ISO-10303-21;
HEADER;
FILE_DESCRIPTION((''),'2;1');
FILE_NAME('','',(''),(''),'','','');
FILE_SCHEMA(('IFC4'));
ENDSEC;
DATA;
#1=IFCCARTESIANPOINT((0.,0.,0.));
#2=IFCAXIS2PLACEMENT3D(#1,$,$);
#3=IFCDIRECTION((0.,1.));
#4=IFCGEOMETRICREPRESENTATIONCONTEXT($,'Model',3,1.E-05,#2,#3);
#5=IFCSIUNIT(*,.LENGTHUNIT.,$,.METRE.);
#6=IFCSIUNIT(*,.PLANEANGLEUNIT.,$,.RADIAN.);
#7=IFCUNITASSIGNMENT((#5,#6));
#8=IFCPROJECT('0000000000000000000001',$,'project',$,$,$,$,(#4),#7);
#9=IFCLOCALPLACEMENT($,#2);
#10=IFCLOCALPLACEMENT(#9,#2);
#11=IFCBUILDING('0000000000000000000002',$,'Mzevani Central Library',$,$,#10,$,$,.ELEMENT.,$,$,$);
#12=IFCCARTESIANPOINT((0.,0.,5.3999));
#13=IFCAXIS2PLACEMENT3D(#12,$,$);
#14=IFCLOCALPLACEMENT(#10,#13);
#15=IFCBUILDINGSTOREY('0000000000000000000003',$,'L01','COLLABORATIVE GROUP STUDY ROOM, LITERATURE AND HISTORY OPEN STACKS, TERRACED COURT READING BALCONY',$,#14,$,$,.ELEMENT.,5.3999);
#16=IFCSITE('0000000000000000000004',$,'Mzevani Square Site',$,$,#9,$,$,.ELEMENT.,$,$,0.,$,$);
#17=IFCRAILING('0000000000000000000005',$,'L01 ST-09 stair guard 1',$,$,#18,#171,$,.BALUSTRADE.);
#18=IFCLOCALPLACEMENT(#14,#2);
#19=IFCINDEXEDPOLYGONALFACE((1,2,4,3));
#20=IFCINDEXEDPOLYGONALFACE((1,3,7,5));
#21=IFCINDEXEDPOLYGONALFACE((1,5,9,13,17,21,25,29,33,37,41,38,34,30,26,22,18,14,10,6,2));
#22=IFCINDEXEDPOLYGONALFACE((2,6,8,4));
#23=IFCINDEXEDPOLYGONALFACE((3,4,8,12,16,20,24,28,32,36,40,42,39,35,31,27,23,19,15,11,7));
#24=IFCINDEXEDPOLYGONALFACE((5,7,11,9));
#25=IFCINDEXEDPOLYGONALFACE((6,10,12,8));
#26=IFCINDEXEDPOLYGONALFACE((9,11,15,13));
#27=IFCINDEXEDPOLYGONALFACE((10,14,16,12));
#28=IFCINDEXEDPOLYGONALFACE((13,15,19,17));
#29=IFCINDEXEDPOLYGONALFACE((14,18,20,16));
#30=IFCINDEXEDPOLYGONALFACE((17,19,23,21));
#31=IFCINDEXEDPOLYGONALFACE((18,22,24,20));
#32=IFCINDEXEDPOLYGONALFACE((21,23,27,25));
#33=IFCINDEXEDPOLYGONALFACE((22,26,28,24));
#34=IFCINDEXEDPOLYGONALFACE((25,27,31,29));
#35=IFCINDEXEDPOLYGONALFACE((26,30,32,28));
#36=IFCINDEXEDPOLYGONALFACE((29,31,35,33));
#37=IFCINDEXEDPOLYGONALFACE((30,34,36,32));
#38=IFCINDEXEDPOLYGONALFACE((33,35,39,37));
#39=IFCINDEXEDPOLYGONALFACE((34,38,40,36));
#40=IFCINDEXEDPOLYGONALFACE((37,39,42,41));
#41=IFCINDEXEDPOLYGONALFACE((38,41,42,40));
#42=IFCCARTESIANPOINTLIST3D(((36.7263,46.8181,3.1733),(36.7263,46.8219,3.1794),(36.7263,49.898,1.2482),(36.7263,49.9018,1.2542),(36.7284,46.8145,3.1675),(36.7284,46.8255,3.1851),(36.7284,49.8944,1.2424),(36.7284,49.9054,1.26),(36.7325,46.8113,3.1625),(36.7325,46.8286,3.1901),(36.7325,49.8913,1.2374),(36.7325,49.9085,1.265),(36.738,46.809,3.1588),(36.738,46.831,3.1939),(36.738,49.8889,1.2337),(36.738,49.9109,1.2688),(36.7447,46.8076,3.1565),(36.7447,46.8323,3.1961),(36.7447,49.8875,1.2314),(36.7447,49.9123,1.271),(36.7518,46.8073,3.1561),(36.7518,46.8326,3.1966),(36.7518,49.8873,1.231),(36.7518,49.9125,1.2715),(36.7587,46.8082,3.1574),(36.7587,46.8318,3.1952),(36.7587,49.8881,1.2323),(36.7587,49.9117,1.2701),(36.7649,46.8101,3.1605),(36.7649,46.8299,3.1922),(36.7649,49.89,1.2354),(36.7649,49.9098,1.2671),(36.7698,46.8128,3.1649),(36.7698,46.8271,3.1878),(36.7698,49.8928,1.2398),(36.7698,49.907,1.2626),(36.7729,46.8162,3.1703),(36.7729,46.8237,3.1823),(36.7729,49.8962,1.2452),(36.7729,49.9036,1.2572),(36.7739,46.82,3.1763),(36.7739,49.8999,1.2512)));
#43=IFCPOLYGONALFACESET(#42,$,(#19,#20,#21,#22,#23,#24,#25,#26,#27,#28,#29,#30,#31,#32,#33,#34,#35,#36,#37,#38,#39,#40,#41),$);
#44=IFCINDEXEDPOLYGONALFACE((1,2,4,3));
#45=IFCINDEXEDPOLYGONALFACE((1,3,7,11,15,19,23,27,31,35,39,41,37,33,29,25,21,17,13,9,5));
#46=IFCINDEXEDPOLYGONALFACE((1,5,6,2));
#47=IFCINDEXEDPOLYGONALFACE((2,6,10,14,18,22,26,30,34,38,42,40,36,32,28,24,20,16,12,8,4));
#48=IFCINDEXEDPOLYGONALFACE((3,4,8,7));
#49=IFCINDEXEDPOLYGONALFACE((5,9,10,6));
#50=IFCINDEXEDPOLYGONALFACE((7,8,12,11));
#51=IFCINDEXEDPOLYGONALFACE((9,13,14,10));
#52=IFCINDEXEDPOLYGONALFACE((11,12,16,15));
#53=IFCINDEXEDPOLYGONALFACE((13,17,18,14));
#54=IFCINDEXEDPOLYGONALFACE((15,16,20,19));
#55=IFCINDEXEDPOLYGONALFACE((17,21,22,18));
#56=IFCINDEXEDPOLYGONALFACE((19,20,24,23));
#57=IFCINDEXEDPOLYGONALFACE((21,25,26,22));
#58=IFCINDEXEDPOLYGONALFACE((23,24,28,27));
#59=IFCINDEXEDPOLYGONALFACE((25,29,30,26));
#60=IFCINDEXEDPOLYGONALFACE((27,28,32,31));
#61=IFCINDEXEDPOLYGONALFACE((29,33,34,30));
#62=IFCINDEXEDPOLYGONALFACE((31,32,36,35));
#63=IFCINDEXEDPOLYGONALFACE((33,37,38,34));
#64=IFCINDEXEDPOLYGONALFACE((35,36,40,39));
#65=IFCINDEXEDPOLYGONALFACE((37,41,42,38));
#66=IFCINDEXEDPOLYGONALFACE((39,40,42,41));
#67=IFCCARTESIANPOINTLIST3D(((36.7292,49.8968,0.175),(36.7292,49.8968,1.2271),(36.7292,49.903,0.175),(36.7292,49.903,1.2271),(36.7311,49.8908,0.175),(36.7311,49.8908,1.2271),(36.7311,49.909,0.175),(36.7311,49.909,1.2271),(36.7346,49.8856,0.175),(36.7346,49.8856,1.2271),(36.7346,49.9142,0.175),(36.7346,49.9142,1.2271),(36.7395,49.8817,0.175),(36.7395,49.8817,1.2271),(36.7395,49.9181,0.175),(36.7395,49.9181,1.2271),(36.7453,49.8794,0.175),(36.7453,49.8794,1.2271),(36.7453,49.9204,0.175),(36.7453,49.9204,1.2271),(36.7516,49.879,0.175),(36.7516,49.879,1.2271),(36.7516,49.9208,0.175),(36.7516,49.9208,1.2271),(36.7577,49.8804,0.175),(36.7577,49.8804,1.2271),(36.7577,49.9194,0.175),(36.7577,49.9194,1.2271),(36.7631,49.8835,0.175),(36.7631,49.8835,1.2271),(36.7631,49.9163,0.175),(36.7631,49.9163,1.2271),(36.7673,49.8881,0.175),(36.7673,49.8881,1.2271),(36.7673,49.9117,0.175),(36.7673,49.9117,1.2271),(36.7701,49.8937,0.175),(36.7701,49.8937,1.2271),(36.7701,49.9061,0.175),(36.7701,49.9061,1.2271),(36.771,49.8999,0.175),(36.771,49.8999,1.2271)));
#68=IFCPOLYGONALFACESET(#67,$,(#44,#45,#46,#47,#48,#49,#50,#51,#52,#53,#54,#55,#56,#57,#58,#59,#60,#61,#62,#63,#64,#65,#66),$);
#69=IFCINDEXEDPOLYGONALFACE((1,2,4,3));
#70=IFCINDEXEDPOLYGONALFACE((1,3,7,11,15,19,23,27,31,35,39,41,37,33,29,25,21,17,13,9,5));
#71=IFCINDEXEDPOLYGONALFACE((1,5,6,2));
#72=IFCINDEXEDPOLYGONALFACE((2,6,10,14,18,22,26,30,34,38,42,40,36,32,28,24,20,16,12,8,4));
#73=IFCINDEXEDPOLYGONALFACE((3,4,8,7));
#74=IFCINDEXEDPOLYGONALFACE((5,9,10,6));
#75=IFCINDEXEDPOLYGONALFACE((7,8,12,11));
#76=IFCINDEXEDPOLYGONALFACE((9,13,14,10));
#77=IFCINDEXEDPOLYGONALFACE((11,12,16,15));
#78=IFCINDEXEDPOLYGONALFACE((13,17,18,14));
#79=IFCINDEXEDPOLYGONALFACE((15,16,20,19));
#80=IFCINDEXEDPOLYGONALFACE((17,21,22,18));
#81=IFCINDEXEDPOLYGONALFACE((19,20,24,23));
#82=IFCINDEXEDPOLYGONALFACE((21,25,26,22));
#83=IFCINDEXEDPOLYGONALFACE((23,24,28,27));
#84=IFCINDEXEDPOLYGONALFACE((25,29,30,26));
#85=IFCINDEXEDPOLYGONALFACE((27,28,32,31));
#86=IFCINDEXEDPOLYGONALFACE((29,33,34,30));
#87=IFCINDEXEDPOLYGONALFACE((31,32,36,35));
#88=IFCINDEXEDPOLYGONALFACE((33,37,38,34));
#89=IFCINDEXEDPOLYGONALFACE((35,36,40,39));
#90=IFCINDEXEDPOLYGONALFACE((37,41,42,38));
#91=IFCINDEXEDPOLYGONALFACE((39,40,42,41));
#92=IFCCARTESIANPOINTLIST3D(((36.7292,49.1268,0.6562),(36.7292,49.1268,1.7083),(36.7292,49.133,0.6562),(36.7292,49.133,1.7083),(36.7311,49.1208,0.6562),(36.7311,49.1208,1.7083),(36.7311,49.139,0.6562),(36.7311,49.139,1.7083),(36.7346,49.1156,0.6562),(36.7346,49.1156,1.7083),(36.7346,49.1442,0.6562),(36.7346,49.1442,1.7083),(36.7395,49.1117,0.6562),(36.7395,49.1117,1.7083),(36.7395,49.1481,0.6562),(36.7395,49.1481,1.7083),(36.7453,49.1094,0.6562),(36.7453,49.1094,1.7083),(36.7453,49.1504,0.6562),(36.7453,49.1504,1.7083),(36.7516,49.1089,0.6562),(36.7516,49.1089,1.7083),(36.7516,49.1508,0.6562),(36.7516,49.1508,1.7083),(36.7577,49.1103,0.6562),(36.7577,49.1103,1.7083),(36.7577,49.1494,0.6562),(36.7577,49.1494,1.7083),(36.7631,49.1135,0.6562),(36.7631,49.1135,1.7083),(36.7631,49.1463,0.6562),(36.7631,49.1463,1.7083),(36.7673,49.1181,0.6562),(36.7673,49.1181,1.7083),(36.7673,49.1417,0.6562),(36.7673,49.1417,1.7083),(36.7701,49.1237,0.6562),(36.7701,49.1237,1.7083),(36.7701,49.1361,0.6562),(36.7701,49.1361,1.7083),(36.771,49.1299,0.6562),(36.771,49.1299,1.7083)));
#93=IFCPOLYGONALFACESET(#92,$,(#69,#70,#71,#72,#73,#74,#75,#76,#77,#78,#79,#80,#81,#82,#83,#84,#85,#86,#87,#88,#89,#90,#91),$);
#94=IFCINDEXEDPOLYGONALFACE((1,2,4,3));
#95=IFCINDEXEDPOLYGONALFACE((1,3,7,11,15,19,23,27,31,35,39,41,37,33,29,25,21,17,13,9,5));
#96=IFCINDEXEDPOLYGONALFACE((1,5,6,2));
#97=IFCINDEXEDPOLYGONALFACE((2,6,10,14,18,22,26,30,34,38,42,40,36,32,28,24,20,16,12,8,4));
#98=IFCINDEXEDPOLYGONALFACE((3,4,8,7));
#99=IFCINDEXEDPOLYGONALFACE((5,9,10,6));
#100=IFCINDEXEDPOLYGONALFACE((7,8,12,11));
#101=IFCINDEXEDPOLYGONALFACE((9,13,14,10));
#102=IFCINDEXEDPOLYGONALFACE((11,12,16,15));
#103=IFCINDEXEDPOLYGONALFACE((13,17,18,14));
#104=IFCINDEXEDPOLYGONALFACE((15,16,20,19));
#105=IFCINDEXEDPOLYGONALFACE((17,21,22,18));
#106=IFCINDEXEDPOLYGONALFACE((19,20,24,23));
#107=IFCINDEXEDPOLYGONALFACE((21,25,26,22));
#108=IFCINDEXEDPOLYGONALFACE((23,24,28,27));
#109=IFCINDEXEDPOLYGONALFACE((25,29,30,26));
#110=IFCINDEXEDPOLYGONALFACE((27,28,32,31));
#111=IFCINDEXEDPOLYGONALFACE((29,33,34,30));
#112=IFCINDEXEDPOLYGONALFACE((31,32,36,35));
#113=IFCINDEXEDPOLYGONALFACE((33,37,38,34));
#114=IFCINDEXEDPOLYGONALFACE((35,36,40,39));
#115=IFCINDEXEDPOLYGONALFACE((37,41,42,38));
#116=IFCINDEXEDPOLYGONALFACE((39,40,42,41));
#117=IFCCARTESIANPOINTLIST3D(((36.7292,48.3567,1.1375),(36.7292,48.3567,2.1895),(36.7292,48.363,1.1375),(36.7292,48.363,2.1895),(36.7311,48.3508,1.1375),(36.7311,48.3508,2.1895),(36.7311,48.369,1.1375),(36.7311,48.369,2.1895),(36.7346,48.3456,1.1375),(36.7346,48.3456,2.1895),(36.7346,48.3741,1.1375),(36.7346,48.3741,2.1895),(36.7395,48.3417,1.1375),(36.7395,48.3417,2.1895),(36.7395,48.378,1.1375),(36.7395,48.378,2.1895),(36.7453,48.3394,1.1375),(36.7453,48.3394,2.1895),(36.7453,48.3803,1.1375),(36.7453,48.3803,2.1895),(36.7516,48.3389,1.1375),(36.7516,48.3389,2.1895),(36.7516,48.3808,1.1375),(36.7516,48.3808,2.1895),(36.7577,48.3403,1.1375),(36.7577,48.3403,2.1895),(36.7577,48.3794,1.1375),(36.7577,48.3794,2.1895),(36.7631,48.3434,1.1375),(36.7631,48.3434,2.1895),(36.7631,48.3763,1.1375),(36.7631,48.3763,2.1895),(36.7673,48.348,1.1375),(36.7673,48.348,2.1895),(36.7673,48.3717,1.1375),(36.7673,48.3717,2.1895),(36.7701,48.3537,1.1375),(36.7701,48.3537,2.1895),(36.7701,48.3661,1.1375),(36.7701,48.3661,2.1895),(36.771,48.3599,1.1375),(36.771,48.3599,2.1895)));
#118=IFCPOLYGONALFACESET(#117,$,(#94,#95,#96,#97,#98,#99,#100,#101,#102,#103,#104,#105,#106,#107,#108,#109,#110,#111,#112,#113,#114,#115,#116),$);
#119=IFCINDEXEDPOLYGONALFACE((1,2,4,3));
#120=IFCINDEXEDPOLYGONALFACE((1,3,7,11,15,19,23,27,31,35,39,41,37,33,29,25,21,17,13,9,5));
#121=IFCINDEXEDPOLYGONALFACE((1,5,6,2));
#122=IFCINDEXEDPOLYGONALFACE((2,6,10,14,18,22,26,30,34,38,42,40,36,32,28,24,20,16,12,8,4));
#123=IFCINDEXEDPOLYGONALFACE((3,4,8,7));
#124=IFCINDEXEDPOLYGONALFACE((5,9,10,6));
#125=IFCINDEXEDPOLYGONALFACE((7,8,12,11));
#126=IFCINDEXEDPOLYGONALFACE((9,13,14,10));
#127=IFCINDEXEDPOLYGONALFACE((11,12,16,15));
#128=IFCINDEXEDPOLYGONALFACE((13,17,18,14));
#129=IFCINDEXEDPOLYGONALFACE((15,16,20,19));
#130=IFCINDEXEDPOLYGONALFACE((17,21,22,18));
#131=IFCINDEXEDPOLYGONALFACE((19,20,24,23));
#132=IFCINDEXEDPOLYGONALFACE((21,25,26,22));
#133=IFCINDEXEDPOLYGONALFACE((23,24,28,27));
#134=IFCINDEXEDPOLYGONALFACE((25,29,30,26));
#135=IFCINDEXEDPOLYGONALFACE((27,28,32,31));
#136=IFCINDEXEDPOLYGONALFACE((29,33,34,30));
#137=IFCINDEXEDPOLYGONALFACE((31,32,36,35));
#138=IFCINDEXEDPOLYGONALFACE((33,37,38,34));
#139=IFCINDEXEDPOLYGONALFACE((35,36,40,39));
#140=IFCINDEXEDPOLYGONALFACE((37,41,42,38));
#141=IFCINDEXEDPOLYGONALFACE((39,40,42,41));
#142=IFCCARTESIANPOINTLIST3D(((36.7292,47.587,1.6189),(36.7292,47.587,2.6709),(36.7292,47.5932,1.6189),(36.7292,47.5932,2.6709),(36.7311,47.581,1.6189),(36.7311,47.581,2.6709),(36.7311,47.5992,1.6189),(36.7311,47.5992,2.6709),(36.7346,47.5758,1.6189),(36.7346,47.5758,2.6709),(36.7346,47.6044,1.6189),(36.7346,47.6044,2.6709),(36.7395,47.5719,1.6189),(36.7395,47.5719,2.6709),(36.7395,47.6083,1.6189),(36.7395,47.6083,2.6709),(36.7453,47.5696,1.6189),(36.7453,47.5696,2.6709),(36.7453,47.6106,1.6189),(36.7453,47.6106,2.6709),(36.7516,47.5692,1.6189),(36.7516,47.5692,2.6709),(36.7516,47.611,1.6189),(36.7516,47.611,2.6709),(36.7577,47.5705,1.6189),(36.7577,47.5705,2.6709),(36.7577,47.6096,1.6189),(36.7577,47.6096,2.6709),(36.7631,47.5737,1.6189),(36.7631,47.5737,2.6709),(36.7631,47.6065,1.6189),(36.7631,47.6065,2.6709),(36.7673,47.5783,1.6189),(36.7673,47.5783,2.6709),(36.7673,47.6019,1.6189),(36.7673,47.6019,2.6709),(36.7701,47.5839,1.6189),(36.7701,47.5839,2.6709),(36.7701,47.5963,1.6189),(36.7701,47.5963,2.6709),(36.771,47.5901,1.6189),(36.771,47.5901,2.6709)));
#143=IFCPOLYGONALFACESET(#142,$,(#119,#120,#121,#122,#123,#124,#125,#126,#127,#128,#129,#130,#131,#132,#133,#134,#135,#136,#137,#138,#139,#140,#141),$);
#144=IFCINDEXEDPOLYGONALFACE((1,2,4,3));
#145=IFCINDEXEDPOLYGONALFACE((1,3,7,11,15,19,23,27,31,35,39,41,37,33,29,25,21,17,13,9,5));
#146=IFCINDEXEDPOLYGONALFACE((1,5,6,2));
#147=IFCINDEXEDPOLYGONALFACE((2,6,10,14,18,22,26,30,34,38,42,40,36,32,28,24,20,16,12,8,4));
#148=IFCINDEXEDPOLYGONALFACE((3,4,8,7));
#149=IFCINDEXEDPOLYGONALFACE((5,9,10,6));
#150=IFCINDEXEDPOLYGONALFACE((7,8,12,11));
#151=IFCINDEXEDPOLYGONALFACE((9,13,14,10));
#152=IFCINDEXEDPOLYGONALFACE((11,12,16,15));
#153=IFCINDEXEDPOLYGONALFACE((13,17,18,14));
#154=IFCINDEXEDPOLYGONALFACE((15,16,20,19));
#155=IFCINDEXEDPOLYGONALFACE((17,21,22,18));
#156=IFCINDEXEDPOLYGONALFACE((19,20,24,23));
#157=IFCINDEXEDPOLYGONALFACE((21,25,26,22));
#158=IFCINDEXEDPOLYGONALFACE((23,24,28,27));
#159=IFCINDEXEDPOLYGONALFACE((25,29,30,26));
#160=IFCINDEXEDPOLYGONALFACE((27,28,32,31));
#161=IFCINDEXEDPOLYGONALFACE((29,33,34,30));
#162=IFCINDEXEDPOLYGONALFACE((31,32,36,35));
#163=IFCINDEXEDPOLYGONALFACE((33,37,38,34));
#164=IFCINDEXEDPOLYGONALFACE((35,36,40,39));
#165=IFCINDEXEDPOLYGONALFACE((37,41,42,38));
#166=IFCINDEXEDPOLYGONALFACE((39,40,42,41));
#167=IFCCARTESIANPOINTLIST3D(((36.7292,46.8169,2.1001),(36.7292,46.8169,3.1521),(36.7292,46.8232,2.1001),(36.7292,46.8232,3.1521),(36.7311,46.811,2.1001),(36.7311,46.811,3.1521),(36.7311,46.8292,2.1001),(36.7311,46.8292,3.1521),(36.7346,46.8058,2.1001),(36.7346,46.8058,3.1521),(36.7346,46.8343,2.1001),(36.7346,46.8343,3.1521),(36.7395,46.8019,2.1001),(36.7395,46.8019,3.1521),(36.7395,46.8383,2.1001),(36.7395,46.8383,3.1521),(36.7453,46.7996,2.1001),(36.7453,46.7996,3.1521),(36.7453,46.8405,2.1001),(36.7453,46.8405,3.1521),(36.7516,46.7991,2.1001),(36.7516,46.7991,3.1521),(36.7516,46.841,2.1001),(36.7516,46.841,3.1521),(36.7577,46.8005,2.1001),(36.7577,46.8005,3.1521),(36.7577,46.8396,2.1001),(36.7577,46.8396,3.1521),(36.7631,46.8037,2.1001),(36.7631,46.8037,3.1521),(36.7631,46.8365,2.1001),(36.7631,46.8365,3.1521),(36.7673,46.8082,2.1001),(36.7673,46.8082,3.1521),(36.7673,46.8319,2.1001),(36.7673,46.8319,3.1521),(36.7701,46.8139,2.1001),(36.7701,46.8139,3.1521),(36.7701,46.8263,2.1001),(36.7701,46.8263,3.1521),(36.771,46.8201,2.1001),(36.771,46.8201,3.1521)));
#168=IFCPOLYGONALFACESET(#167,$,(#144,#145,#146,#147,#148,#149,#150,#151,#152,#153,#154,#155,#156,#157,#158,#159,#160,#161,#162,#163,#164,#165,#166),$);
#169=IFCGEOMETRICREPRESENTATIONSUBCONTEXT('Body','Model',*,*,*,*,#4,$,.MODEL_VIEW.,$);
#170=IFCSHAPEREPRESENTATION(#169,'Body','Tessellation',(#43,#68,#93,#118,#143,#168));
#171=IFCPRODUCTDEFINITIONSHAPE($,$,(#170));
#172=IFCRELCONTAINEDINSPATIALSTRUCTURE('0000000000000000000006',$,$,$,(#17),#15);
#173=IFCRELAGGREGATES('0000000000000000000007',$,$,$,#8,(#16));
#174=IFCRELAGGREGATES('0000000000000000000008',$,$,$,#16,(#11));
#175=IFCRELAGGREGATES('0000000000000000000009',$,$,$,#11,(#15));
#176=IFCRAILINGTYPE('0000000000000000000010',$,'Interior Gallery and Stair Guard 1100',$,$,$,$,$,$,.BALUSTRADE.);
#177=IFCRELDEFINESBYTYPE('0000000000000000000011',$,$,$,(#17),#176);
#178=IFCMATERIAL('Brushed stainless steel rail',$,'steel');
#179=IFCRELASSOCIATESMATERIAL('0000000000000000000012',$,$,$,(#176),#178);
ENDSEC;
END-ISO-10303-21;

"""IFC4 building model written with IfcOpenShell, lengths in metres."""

from ifc_helpers import new_model, si_unit, direction, frame, origin, origin_2d, place, context, subcontext, project, spatial, circle, extrude, material, type_object, element, save


model = new_model("IFC4")

# Units and contexts
model_context = context("Model", 3, precision=1e-05, world=origin(), true_north=direction((0.0, 1.0)))
body_context = subcontext(model_context, "Body", "Model", "MODEL_VIEW")
ifc_project = project(units=[si_unit("LENGTHUNIT", "METRE"), si_unit("PLANEANGLEUNIT", "RADIAN")], contexts=[model_context])

# Site, building, storey
site_placement = place(None, origin())
site = spatial("IfcSite", under=ifc_project, at=site_placement, Name="Mzevani Square Site", CompositionType="ELEMENT", RefElevation=0.0)
building_placement = place(site_placement, origin())
building = spatial("IfcBuilding", under=site, at=building_placement, Name="Mzevani Central Library", CompositionType="ELEMENT")
storey_placement = place(building_placement, frame((0.0, 0.0, 5.3999)))
storey = spatial("IfcBuildingStorey", under=building, at=storey_placement, Name="L01", Description="COLLABORATIVE GROUP STUDY ROOM, LITERATURE AND HISTORY OPEN STACKS, TERRACED COURT READING BALCONY", CompositionType="ELEMENT", Elevation=5.3999)

# Railing
ifc_material_1 = material(Name="Brushed stainless steel rail", Category="steel")
railing_type_1 = type_object("IfcRailingType", Name="Interior Gallery and Stair Guard 1100", PredefinedType="BALUSTRADE", material=ifc_material_1)
railing_1_placement = place(storey_placement, frame((36.75, 49.8999, 0.175)))
element("IfcRailing", 1, at=railing_1_placement, inside=storey, type_object=railing_type_1, Name="L01 ST-09 stair guard 1", PredefinedType="BALUSTRADE", context=body_context, shape_type="SweptSolid", body=[
    extrude(circle(Radius=0.0239, at=origin_2d()), frame((0.0, 0.0, 1.0762), z_axis=(0.0, -0.847979, 0.530029), x_axis=(1.0, 0.0, 0.0)), (0.0, 0.0, 1.0), 3.6321),
    extrude(circle(Radius=0.021, at=origin_2d()), origin(), (0.0, 0.0, 1.0), 1.052),
    extrude(circle(Radius=0.021, at=origin_2d()), frame((0.0, -0.77, 0.4812)), (0.0, 0.0, 1.0), 1.052),
    extrude(circle(Radius=0.021, at=origin_2d()), frame((0.0, -1.54, 0.9624)), (0.0, 0.0, 1.0), 1.052),
    extrude(circle(Radius=0.021, at=origin_2d()), frame((0.0, -2.3098, 1.4438)), (0.0, 0.0, 1.0), 1.052),
    extrude(circle(Radius=0.021, at=origin_2d()), frame((0.0, -3.0798, 1.925)), (0.0, 0.0, 1.0), 1.052),
])

save(model, "model.ifc")
